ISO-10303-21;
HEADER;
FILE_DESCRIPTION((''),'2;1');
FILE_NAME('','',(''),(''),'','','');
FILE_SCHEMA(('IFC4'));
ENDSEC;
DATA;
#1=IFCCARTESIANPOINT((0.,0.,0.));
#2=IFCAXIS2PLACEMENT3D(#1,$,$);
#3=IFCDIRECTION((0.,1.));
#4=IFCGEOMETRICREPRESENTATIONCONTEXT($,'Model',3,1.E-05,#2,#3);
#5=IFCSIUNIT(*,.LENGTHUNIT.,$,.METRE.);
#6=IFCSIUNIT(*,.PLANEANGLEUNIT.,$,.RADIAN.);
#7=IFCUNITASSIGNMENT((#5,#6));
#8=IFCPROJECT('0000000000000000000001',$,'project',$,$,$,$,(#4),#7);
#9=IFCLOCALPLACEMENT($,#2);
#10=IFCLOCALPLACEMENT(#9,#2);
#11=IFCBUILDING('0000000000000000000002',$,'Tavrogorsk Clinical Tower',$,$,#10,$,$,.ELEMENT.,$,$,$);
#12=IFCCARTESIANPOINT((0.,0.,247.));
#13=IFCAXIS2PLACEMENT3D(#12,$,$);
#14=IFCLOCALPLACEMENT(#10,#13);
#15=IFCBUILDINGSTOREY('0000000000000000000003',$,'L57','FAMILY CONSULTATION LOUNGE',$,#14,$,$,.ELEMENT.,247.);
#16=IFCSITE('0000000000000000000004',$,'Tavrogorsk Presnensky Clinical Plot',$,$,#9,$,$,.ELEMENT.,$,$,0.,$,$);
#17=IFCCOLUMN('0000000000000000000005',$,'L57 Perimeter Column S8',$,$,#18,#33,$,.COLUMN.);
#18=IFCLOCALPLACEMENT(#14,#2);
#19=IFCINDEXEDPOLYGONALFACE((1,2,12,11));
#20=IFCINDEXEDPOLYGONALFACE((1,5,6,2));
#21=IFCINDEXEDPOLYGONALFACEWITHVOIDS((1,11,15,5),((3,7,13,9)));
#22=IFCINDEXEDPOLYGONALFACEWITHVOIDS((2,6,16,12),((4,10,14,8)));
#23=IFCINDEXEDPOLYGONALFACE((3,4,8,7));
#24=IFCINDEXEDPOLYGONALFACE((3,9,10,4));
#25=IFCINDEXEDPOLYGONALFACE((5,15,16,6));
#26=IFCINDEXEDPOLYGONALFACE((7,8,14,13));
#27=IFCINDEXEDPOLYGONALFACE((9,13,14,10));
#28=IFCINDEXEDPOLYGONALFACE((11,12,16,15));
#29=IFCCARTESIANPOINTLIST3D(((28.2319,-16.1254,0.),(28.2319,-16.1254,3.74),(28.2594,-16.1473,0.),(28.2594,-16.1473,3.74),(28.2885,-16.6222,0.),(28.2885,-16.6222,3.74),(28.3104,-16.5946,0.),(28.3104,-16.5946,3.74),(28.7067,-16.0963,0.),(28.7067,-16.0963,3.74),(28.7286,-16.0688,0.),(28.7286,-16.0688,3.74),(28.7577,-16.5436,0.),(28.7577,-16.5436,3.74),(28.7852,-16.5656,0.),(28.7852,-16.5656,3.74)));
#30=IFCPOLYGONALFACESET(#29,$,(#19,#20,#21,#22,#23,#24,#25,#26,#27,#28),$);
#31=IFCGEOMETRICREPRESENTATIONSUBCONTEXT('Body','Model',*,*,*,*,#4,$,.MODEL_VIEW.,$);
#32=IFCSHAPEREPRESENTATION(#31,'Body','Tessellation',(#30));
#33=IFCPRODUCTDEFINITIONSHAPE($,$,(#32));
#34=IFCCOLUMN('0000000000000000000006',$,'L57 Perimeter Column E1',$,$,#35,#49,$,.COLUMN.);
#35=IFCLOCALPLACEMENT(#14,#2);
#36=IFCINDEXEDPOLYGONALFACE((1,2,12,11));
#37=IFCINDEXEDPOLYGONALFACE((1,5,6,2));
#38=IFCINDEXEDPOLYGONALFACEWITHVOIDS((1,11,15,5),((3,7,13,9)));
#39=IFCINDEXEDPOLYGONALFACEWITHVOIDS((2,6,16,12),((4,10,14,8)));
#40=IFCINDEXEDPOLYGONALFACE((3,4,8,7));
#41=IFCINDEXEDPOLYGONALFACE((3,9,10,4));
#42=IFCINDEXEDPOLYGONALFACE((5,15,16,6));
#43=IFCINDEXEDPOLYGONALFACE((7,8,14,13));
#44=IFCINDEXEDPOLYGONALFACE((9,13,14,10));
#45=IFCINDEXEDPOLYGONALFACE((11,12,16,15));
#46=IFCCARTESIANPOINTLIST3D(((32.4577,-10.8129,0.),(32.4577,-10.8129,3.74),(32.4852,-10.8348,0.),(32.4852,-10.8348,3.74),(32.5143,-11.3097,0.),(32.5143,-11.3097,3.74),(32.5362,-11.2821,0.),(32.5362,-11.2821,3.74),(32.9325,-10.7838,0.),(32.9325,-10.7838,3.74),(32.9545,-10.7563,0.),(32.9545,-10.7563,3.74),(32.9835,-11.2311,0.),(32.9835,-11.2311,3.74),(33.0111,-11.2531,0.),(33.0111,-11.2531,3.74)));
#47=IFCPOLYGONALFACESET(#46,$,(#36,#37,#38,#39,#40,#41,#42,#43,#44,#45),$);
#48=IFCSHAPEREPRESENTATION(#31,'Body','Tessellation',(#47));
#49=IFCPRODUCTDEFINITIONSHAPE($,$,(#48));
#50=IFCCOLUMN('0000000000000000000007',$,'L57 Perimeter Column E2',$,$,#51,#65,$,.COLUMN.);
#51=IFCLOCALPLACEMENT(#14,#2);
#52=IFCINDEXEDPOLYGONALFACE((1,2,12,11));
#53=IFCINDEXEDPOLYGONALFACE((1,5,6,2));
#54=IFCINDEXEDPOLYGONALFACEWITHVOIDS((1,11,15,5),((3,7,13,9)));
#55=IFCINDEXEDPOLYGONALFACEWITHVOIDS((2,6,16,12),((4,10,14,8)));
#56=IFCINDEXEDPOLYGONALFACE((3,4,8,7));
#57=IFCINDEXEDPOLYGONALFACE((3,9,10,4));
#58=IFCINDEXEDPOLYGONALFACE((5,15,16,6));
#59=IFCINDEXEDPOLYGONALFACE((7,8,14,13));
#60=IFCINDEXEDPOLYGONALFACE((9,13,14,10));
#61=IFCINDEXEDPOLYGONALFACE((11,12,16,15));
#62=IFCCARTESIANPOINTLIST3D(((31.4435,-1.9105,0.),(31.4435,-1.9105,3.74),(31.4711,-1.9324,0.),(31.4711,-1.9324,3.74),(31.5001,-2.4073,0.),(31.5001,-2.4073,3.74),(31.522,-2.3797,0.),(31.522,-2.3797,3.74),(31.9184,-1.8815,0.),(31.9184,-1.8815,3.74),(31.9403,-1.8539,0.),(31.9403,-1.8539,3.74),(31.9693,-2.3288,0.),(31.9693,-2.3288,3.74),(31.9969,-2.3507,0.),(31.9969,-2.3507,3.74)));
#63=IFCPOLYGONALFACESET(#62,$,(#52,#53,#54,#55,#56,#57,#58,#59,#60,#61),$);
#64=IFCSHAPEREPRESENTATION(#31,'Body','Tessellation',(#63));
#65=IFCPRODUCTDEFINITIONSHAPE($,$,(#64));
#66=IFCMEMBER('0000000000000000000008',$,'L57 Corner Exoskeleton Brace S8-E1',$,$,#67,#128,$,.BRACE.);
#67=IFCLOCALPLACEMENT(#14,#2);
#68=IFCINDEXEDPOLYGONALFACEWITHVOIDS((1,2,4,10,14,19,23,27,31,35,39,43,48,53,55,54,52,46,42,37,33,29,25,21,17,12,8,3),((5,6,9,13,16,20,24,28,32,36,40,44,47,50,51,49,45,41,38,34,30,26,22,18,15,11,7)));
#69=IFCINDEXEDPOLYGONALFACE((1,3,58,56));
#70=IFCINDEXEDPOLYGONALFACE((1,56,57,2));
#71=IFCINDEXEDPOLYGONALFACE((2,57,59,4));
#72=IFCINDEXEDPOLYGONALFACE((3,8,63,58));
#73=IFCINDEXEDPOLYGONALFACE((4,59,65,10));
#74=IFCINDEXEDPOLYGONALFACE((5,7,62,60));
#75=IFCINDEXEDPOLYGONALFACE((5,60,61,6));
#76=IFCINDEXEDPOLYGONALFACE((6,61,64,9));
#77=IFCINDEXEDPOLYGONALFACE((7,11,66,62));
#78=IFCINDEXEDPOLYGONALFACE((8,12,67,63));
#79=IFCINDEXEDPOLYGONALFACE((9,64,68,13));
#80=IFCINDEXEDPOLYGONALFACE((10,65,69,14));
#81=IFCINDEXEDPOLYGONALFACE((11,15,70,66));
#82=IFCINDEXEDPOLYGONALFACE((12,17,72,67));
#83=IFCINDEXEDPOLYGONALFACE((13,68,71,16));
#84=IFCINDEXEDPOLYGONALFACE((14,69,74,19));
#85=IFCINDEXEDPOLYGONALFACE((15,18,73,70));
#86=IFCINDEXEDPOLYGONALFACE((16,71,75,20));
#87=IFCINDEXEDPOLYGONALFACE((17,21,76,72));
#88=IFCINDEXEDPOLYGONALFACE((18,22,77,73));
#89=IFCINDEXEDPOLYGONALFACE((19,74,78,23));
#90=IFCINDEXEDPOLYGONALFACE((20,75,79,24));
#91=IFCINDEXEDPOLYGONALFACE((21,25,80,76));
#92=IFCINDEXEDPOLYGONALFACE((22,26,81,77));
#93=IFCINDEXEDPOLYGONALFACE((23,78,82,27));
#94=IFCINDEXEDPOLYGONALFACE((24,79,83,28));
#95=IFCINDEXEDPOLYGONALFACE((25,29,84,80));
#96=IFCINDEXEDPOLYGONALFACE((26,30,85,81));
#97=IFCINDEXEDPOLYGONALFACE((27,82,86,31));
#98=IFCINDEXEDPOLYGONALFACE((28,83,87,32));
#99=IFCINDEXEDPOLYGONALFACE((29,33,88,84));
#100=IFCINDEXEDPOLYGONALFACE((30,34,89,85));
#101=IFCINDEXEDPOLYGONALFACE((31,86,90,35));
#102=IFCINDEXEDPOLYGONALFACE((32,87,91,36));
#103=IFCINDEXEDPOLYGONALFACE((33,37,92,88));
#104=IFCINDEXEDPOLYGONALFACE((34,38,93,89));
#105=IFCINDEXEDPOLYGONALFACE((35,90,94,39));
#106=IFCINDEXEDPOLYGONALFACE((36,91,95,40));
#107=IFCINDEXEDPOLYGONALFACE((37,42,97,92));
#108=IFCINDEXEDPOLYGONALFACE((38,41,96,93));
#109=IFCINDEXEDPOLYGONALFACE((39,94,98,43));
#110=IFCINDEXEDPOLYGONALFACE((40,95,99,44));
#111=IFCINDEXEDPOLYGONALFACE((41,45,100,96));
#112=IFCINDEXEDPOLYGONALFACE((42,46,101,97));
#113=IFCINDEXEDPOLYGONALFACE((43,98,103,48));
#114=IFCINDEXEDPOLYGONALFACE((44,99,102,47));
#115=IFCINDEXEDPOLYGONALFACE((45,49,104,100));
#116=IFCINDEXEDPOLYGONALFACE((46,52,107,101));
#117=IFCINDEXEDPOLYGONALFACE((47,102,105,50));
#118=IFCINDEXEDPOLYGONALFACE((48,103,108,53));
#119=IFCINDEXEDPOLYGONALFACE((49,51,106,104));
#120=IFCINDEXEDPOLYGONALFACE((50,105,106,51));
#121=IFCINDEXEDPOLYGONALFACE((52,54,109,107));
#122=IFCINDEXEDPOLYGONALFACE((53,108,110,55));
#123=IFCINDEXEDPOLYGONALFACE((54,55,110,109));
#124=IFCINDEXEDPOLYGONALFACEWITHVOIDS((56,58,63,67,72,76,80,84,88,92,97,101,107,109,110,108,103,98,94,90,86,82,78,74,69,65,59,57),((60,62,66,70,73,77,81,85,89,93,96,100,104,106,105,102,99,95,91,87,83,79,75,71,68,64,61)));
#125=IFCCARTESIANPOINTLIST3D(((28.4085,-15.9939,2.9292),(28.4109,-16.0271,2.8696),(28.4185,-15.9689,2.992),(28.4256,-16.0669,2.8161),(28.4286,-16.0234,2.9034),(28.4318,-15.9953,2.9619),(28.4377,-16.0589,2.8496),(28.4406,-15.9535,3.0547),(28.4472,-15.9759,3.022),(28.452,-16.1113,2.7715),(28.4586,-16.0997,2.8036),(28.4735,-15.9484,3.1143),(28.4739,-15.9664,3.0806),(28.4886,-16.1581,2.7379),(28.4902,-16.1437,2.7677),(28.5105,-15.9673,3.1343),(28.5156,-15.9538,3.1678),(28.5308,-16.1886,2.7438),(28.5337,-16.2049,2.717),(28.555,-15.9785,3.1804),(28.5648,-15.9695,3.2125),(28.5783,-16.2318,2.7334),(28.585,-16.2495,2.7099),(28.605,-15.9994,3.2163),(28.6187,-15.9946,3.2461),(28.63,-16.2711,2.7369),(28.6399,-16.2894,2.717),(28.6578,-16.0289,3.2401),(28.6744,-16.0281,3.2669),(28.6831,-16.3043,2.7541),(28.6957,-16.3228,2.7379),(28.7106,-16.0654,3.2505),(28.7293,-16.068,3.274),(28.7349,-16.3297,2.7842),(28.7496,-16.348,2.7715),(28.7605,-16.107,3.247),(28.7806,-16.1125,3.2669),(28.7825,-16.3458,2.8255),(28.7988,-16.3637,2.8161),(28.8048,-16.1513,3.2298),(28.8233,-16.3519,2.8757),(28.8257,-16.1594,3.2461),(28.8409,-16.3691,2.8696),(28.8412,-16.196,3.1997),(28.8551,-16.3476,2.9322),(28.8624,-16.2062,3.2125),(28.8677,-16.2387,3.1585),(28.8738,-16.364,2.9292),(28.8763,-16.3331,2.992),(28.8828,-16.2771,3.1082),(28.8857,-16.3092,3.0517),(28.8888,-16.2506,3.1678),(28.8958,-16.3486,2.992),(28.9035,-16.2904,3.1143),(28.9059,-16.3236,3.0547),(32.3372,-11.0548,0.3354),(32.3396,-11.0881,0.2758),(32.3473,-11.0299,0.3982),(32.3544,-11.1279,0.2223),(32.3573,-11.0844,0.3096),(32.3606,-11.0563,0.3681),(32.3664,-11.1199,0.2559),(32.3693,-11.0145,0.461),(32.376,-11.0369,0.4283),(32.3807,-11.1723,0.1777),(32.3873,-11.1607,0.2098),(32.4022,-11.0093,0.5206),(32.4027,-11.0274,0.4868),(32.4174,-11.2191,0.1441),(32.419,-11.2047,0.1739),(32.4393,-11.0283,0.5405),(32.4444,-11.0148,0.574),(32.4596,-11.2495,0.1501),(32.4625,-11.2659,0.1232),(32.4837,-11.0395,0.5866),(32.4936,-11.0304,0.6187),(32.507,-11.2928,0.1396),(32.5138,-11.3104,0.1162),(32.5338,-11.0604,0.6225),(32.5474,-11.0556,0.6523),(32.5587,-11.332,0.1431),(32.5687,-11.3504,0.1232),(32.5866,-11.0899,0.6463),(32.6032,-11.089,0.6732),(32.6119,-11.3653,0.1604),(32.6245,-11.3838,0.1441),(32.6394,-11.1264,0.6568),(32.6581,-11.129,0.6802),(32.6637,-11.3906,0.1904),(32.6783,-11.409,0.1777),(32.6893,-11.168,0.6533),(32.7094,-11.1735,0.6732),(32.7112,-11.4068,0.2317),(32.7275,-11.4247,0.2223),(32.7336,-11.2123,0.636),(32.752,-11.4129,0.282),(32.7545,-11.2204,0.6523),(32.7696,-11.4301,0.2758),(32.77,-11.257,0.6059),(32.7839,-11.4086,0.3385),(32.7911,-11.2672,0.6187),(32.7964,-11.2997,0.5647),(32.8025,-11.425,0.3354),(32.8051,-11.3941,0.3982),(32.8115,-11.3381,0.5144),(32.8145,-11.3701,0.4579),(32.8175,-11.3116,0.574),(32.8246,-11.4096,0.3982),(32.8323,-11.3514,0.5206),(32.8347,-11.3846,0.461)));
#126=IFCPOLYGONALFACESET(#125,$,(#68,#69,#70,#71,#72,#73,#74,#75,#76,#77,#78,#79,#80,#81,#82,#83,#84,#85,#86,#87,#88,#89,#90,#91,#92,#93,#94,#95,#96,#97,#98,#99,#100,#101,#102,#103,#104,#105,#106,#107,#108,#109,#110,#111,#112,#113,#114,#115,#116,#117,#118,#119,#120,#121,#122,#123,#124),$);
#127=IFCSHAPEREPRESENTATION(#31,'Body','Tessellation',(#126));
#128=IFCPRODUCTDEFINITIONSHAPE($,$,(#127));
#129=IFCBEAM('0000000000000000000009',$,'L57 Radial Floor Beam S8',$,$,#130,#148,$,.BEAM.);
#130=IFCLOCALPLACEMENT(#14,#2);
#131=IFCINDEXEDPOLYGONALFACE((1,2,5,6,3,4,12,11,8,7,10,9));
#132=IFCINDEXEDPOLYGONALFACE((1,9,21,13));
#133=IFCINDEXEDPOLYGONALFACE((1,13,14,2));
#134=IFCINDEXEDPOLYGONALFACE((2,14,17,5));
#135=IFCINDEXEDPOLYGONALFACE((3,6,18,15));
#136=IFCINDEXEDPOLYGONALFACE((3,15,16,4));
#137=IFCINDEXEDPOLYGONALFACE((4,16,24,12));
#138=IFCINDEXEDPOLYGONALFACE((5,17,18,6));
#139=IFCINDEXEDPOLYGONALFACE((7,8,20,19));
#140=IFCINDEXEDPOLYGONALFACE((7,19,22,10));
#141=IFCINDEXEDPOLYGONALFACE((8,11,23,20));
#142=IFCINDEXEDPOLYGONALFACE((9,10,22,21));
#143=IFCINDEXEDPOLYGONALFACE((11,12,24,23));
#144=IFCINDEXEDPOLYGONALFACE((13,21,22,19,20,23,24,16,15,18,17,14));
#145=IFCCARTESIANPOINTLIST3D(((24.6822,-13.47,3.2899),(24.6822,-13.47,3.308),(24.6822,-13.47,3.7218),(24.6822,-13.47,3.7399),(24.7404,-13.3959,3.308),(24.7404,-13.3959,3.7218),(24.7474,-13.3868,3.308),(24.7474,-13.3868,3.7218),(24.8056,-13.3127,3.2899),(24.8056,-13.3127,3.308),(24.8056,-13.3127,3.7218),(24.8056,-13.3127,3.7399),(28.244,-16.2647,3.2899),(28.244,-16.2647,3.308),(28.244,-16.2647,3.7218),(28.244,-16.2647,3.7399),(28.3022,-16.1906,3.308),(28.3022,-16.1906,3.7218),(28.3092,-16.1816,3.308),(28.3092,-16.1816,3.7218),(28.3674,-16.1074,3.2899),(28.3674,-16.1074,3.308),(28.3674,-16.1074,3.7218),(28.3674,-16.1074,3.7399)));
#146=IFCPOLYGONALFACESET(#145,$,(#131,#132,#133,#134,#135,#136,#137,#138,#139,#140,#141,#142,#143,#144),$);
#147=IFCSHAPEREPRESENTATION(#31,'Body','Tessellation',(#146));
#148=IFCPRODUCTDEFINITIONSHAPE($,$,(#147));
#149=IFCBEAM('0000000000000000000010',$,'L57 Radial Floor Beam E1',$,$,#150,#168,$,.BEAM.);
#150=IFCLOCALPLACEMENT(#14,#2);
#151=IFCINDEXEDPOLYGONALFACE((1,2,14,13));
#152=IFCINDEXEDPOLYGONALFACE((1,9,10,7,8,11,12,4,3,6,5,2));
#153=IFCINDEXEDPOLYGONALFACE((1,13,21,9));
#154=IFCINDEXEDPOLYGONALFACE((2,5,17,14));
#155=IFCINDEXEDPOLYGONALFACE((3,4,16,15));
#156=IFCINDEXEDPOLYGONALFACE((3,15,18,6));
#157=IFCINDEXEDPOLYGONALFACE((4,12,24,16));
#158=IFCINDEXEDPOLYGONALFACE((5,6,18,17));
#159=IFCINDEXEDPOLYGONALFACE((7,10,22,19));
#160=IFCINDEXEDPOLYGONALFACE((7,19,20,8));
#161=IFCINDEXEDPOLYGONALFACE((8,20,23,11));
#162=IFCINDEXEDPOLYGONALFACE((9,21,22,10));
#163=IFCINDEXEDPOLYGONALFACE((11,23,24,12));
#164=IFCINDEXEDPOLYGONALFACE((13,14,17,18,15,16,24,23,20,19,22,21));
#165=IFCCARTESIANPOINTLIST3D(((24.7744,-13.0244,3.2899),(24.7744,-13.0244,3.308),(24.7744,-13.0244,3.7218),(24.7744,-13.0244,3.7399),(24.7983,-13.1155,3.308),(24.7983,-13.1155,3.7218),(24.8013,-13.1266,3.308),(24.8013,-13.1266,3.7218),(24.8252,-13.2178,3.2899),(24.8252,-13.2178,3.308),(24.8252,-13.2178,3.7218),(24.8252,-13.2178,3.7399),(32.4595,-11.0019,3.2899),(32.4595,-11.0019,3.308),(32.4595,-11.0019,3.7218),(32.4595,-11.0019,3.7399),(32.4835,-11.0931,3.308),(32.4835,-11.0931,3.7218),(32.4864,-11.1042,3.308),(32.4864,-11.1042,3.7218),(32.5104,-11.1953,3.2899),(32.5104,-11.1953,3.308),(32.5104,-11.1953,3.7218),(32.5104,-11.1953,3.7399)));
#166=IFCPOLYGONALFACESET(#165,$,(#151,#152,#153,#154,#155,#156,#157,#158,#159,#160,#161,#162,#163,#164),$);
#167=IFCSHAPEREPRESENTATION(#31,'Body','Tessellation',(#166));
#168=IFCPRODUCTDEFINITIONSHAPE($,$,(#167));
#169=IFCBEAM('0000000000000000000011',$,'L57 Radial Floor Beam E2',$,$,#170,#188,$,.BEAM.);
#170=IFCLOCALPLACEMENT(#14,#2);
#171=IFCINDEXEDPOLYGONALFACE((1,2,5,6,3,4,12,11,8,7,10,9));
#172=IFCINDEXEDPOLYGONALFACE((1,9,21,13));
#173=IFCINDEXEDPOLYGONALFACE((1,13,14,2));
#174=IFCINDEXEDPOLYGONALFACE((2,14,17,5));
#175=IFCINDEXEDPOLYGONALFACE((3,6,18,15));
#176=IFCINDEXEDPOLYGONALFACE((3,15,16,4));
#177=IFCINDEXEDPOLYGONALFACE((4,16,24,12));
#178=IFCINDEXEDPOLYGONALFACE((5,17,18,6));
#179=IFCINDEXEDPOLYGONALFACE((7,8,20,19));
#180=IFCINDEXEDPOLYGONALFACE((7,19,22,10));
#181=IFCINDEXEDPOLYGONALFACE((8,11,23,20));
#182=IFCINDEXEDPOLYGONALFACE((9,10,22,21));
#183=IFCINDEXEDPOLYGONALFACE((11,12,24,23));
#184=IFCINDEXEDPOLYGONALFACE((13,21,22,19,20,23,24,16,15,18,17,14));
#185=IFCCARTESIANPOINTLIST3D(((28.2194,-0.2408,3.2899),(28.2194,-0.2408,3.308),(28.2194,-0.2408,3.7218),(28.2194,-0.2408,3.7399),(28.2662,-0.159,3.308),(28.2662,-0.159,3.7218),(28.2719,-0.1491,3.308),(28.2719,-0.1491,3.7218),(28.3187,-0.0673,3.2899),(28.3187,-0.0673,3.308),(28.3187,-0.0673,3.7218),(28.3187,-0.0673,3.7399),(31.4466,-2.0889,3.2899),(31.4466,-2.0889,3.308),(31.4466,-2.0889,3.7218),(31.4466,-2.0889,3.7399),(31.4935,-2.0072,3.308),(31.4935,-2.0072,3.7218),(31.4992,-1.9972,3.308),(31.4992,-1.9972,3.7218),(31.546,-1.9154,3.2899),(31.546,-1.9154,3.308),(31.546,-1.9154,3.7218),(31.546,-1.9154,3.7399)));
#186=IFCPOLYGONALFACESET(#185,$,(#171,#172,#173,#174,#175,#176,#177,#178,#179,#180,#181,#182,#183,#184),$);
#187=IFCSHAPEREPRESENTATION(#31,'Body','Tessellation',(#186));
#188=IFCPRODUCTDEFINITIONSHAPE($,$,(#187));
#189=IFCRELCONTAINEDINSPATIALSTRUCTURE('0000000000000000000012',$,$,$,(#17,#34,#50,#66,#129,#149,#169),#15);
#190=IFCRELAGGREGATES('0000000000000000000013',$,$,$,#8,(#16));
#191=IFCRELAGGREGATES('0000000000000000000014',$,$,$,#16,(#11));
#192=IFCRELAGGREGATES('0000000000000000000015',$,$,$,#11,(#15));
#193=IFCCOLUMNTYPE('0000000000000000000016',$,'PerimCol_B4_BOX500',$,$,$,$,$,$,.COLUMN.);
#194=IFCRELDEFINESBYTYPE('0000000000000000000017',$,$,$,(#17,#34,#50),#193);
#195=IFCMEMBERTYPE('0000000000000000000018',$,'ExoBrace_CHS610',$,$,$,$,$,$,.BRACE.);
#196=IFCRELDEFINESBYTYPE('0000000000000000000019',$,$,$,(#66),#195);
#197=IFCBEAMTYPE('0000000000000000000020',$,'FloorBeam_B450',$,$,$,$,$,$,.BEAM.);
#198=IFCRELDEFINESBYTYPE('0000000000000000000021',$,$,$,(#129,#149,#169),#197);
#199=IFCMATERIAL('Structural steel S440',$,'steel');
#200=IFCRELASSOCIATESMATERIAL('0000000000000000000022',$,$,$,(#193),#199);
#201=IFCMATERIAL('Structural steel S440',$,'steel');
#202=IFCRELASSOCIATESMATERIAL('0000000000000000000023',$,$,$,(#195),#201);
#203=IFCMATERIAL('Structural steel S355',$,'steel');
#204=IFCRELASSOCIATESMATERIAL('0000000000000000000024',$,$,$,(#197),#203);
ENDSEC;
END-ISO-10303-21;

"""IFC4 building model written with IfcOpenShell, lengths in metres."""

from ifc_helpers import new_model, si_unit, direction, frame, origin, origin_2d, place, context, subcontext, project, spatial, hollow_rectangle, hollow_circle, i_section, extrude, material, material_profile, profile_set, type_object, element, save


model = new_model("IFC4")

# Units and contexts
model_context = context("Model", 3, precision=1e-05, world=origin(), true_north=direction((0.0, 1.0)))
body_context = subcontext(model_context, "Body", "Model", "MODEL_VIEW")
ifc_project = project(units=[si_unit("LENGTHUNIT", "METRE"), si_unit("PLANEANGLEUNIT", "RADIAN")], contexts=[model_context])

# Site, building, storey
site_placement = place(None, origin())
site = spatial("IfcSite", under=ifc_project, at=site_placement, Name="Tavrogorsk Presnensky Clinical Plot", CompositionType="ELEMENT", RefElevation=0.0)
building_placement = place(site_placement, origin())
building = spatial("IfcBuilding", under=site, at=building_placement, Name="Tavrogorsk Clinical Tower", CompositionType="ELEMENT")
storey_placement = place(building_placement, frame((0.0, 0.0, 247.0)))
storey = spatial("IfcBuildingStorey", under=building, at=storey_placement, Name="L57", Description="FAMILY CONSULTATION LOUNGE", CompositionType="ELEMENT", Elevation=247.0)

# Columns
ifc_material_1 = material(Name="Structural steel S440", Category="steel")
ifc_material_profile_1 = material_profile(ifc_material_1, hollow_rectangle(XDim=0.5, YDim=0.5, WallThickness=0.0249, at=origin_2d()), Name="BOX-500x500x25")
ifc_profile_set_1 = profile_set([ifc_material_profile_1], Name="Structural steel S440")
column_type = type_object("IfcColumnType", Name="PerimCol_B4_BOX500", PredefinedType="COLUMN", material=ifc_profile_set_1)
for number, where, z_axis, x_axis, name in (
    (1, (28.5085, -16.3455, 0.0), (0.0, 0.0, 1.0), (0.993572, 0.113203, 0.0), "L57 Perimeter Column S8"),
    (2, (32.7344, -11.033, 0.0), (0.0, 0.0, 1.0), (0.993572, 0.113203, 0.0), "L57 Perimeter Column E1"),
    (3, (31.7202, -2.1306, 0.0), (0.0, 0.0, 1.0), (0.993572, 0.113203, 0.0), "L57 Perimeter Column E2"),
):
    element("IfcColumn", number, at=place(storey_placement, frame(where, z_axis=z_axis, x_axis=x_axis)), inside=storey, type_object=column_type, Name=name, PredefinedType="COLUMN", context=body_context, shape_type="SweptSolid", body=[
        extrude(hollow_rectangle(XDim=0.5, YDim=0.5, WallThickness=0.0249, at=origin_2d()), origin(), (0.0, 0.0, 1.0), 3.74),
    ])

# Member
ifc_material_2 = material(Name="Structural steel S440", Category="steel")
ifc_material_profile_2 = material_profile(ifc_material_2, hollow_circle(Radius=0.3049, WallThickness=0.0249, at=origin_2d()), Name="CHS-610x25")
ifc_profile_set_2 = profile_set([ifc_material_profile_2], Name="Structural steel S440")
member_type_1 = type_object("IfcMemberType", Name="ExoBrace_CHS610", PredefinedType="BRACE", material=ifc_profile_set_2)
member_1_placement = place(storey_placement, frame((32.5859, -11.2197, 0.3982), z_axis=(-0.575789, -0.723852, 0.380138), x_axis=(0.782602, -0.622522, 0.0)))
element("IfcMember", 4, at=member_1_placement, inside=storey, type_object=member_type_1, Name="L57 Corner Exoskeleton Brace S8-E1", PredefinedType="BRACE", context=body_context, shape_type="SweptSolid", body=[
    extrude(hollow_circle(Radius=0.3049, WallThickness=0.0249, at=origin_2d()), origin(), (0.0, 0.0, 1.0), 6.8232),
])

# Beams
ifc_material_3 = material(Name="Structural steel S355", Category="steel")
ifc_material_profile_3 = material_profile(ifc_material_3, i_section(OverallWidth=0.2, OverallDepth=0.45, WebThickness=0.0115, FlangeThickness=0.0181, at=origin_2d()), Name="B-450x200x11.5x18")
ifc_profile_set_3 = profile_set([ifc_material_profile_3], Name="Structural steel S355")
beam_type_1 = type_object("IfcBeamType", Name="FloorBeam_B450", PredefinedType="BEAM", material=ifc_profile_set_3)
beam_1_placement = place(storey_placement, frame((24.7439, -13.3914, 3.5149), z_axis=(0.786732, -0.617295, 0.0), x_axis=(0.617295, 0.786732, 0.0)))
element("IfcBeam", 5, at=beam_1_placement, inside=storey, type_object=beam_type_1, Name="L57 Radial Floor Beam S8", PredefinedType="BEAM", context=body_context, shape_type="SweptSolid", body=[
    extrude(i_section(OverallWidth=0.2, OverallDepth=0.45, WebThickness=0.0115, FlangeThickness=0.0181, at=origin_2d()), origin(), (0.0, 0.0, 1.0), 4.5273),
])
beam_2_placement = place(storey_placement, frame((24.7998, -13.1211, 3.5149), z_axis=(0.967072, 0.254502, 0.0), x_axis=(-0.254502, 0.967072, 0.0)))
element("IfcBeam", 6, at=beam_2_placement, inside=storey, type_object=beam_type_1, Name="L57 Radial Floor Beam E1", PredefinedType="BEAM", context=body_context, shape_type="SweptSolid", body=[
    extrude(i_section(OverallWidth=0.2, OverallDepth=0.45, WebThickness=0.0115, FlangeThickness=0.0181, at=origin_2d()), origin(), (0.0, 0.0, 1.0), 7.9468),
])
beam_3_placement = place(storey_placement, frame((28.269, -0.1541, 3.5149), z_axis=(0.867782, -0.496945, 0.0), x_axis=(0.496945, 0.867782, 0.0)))
element("IfcBeam", 7, at=beam_3_placement, inside=storey, type_object=beam_type_1, Name="L57 Radial Floor Beam E2", PredefinedType="BEAM", context=body_context, shape_type="SweptSolid", body=[
    extrude(i_section(OverallWidth=0.2, OverallDepth=0.45, WebThickness=0.0115, FlangeThickness=0.0181, at=origin_2d()), origin(), (0.0, 0.0, 1.0), 3.719),
])

save(model, "model.ifc")
